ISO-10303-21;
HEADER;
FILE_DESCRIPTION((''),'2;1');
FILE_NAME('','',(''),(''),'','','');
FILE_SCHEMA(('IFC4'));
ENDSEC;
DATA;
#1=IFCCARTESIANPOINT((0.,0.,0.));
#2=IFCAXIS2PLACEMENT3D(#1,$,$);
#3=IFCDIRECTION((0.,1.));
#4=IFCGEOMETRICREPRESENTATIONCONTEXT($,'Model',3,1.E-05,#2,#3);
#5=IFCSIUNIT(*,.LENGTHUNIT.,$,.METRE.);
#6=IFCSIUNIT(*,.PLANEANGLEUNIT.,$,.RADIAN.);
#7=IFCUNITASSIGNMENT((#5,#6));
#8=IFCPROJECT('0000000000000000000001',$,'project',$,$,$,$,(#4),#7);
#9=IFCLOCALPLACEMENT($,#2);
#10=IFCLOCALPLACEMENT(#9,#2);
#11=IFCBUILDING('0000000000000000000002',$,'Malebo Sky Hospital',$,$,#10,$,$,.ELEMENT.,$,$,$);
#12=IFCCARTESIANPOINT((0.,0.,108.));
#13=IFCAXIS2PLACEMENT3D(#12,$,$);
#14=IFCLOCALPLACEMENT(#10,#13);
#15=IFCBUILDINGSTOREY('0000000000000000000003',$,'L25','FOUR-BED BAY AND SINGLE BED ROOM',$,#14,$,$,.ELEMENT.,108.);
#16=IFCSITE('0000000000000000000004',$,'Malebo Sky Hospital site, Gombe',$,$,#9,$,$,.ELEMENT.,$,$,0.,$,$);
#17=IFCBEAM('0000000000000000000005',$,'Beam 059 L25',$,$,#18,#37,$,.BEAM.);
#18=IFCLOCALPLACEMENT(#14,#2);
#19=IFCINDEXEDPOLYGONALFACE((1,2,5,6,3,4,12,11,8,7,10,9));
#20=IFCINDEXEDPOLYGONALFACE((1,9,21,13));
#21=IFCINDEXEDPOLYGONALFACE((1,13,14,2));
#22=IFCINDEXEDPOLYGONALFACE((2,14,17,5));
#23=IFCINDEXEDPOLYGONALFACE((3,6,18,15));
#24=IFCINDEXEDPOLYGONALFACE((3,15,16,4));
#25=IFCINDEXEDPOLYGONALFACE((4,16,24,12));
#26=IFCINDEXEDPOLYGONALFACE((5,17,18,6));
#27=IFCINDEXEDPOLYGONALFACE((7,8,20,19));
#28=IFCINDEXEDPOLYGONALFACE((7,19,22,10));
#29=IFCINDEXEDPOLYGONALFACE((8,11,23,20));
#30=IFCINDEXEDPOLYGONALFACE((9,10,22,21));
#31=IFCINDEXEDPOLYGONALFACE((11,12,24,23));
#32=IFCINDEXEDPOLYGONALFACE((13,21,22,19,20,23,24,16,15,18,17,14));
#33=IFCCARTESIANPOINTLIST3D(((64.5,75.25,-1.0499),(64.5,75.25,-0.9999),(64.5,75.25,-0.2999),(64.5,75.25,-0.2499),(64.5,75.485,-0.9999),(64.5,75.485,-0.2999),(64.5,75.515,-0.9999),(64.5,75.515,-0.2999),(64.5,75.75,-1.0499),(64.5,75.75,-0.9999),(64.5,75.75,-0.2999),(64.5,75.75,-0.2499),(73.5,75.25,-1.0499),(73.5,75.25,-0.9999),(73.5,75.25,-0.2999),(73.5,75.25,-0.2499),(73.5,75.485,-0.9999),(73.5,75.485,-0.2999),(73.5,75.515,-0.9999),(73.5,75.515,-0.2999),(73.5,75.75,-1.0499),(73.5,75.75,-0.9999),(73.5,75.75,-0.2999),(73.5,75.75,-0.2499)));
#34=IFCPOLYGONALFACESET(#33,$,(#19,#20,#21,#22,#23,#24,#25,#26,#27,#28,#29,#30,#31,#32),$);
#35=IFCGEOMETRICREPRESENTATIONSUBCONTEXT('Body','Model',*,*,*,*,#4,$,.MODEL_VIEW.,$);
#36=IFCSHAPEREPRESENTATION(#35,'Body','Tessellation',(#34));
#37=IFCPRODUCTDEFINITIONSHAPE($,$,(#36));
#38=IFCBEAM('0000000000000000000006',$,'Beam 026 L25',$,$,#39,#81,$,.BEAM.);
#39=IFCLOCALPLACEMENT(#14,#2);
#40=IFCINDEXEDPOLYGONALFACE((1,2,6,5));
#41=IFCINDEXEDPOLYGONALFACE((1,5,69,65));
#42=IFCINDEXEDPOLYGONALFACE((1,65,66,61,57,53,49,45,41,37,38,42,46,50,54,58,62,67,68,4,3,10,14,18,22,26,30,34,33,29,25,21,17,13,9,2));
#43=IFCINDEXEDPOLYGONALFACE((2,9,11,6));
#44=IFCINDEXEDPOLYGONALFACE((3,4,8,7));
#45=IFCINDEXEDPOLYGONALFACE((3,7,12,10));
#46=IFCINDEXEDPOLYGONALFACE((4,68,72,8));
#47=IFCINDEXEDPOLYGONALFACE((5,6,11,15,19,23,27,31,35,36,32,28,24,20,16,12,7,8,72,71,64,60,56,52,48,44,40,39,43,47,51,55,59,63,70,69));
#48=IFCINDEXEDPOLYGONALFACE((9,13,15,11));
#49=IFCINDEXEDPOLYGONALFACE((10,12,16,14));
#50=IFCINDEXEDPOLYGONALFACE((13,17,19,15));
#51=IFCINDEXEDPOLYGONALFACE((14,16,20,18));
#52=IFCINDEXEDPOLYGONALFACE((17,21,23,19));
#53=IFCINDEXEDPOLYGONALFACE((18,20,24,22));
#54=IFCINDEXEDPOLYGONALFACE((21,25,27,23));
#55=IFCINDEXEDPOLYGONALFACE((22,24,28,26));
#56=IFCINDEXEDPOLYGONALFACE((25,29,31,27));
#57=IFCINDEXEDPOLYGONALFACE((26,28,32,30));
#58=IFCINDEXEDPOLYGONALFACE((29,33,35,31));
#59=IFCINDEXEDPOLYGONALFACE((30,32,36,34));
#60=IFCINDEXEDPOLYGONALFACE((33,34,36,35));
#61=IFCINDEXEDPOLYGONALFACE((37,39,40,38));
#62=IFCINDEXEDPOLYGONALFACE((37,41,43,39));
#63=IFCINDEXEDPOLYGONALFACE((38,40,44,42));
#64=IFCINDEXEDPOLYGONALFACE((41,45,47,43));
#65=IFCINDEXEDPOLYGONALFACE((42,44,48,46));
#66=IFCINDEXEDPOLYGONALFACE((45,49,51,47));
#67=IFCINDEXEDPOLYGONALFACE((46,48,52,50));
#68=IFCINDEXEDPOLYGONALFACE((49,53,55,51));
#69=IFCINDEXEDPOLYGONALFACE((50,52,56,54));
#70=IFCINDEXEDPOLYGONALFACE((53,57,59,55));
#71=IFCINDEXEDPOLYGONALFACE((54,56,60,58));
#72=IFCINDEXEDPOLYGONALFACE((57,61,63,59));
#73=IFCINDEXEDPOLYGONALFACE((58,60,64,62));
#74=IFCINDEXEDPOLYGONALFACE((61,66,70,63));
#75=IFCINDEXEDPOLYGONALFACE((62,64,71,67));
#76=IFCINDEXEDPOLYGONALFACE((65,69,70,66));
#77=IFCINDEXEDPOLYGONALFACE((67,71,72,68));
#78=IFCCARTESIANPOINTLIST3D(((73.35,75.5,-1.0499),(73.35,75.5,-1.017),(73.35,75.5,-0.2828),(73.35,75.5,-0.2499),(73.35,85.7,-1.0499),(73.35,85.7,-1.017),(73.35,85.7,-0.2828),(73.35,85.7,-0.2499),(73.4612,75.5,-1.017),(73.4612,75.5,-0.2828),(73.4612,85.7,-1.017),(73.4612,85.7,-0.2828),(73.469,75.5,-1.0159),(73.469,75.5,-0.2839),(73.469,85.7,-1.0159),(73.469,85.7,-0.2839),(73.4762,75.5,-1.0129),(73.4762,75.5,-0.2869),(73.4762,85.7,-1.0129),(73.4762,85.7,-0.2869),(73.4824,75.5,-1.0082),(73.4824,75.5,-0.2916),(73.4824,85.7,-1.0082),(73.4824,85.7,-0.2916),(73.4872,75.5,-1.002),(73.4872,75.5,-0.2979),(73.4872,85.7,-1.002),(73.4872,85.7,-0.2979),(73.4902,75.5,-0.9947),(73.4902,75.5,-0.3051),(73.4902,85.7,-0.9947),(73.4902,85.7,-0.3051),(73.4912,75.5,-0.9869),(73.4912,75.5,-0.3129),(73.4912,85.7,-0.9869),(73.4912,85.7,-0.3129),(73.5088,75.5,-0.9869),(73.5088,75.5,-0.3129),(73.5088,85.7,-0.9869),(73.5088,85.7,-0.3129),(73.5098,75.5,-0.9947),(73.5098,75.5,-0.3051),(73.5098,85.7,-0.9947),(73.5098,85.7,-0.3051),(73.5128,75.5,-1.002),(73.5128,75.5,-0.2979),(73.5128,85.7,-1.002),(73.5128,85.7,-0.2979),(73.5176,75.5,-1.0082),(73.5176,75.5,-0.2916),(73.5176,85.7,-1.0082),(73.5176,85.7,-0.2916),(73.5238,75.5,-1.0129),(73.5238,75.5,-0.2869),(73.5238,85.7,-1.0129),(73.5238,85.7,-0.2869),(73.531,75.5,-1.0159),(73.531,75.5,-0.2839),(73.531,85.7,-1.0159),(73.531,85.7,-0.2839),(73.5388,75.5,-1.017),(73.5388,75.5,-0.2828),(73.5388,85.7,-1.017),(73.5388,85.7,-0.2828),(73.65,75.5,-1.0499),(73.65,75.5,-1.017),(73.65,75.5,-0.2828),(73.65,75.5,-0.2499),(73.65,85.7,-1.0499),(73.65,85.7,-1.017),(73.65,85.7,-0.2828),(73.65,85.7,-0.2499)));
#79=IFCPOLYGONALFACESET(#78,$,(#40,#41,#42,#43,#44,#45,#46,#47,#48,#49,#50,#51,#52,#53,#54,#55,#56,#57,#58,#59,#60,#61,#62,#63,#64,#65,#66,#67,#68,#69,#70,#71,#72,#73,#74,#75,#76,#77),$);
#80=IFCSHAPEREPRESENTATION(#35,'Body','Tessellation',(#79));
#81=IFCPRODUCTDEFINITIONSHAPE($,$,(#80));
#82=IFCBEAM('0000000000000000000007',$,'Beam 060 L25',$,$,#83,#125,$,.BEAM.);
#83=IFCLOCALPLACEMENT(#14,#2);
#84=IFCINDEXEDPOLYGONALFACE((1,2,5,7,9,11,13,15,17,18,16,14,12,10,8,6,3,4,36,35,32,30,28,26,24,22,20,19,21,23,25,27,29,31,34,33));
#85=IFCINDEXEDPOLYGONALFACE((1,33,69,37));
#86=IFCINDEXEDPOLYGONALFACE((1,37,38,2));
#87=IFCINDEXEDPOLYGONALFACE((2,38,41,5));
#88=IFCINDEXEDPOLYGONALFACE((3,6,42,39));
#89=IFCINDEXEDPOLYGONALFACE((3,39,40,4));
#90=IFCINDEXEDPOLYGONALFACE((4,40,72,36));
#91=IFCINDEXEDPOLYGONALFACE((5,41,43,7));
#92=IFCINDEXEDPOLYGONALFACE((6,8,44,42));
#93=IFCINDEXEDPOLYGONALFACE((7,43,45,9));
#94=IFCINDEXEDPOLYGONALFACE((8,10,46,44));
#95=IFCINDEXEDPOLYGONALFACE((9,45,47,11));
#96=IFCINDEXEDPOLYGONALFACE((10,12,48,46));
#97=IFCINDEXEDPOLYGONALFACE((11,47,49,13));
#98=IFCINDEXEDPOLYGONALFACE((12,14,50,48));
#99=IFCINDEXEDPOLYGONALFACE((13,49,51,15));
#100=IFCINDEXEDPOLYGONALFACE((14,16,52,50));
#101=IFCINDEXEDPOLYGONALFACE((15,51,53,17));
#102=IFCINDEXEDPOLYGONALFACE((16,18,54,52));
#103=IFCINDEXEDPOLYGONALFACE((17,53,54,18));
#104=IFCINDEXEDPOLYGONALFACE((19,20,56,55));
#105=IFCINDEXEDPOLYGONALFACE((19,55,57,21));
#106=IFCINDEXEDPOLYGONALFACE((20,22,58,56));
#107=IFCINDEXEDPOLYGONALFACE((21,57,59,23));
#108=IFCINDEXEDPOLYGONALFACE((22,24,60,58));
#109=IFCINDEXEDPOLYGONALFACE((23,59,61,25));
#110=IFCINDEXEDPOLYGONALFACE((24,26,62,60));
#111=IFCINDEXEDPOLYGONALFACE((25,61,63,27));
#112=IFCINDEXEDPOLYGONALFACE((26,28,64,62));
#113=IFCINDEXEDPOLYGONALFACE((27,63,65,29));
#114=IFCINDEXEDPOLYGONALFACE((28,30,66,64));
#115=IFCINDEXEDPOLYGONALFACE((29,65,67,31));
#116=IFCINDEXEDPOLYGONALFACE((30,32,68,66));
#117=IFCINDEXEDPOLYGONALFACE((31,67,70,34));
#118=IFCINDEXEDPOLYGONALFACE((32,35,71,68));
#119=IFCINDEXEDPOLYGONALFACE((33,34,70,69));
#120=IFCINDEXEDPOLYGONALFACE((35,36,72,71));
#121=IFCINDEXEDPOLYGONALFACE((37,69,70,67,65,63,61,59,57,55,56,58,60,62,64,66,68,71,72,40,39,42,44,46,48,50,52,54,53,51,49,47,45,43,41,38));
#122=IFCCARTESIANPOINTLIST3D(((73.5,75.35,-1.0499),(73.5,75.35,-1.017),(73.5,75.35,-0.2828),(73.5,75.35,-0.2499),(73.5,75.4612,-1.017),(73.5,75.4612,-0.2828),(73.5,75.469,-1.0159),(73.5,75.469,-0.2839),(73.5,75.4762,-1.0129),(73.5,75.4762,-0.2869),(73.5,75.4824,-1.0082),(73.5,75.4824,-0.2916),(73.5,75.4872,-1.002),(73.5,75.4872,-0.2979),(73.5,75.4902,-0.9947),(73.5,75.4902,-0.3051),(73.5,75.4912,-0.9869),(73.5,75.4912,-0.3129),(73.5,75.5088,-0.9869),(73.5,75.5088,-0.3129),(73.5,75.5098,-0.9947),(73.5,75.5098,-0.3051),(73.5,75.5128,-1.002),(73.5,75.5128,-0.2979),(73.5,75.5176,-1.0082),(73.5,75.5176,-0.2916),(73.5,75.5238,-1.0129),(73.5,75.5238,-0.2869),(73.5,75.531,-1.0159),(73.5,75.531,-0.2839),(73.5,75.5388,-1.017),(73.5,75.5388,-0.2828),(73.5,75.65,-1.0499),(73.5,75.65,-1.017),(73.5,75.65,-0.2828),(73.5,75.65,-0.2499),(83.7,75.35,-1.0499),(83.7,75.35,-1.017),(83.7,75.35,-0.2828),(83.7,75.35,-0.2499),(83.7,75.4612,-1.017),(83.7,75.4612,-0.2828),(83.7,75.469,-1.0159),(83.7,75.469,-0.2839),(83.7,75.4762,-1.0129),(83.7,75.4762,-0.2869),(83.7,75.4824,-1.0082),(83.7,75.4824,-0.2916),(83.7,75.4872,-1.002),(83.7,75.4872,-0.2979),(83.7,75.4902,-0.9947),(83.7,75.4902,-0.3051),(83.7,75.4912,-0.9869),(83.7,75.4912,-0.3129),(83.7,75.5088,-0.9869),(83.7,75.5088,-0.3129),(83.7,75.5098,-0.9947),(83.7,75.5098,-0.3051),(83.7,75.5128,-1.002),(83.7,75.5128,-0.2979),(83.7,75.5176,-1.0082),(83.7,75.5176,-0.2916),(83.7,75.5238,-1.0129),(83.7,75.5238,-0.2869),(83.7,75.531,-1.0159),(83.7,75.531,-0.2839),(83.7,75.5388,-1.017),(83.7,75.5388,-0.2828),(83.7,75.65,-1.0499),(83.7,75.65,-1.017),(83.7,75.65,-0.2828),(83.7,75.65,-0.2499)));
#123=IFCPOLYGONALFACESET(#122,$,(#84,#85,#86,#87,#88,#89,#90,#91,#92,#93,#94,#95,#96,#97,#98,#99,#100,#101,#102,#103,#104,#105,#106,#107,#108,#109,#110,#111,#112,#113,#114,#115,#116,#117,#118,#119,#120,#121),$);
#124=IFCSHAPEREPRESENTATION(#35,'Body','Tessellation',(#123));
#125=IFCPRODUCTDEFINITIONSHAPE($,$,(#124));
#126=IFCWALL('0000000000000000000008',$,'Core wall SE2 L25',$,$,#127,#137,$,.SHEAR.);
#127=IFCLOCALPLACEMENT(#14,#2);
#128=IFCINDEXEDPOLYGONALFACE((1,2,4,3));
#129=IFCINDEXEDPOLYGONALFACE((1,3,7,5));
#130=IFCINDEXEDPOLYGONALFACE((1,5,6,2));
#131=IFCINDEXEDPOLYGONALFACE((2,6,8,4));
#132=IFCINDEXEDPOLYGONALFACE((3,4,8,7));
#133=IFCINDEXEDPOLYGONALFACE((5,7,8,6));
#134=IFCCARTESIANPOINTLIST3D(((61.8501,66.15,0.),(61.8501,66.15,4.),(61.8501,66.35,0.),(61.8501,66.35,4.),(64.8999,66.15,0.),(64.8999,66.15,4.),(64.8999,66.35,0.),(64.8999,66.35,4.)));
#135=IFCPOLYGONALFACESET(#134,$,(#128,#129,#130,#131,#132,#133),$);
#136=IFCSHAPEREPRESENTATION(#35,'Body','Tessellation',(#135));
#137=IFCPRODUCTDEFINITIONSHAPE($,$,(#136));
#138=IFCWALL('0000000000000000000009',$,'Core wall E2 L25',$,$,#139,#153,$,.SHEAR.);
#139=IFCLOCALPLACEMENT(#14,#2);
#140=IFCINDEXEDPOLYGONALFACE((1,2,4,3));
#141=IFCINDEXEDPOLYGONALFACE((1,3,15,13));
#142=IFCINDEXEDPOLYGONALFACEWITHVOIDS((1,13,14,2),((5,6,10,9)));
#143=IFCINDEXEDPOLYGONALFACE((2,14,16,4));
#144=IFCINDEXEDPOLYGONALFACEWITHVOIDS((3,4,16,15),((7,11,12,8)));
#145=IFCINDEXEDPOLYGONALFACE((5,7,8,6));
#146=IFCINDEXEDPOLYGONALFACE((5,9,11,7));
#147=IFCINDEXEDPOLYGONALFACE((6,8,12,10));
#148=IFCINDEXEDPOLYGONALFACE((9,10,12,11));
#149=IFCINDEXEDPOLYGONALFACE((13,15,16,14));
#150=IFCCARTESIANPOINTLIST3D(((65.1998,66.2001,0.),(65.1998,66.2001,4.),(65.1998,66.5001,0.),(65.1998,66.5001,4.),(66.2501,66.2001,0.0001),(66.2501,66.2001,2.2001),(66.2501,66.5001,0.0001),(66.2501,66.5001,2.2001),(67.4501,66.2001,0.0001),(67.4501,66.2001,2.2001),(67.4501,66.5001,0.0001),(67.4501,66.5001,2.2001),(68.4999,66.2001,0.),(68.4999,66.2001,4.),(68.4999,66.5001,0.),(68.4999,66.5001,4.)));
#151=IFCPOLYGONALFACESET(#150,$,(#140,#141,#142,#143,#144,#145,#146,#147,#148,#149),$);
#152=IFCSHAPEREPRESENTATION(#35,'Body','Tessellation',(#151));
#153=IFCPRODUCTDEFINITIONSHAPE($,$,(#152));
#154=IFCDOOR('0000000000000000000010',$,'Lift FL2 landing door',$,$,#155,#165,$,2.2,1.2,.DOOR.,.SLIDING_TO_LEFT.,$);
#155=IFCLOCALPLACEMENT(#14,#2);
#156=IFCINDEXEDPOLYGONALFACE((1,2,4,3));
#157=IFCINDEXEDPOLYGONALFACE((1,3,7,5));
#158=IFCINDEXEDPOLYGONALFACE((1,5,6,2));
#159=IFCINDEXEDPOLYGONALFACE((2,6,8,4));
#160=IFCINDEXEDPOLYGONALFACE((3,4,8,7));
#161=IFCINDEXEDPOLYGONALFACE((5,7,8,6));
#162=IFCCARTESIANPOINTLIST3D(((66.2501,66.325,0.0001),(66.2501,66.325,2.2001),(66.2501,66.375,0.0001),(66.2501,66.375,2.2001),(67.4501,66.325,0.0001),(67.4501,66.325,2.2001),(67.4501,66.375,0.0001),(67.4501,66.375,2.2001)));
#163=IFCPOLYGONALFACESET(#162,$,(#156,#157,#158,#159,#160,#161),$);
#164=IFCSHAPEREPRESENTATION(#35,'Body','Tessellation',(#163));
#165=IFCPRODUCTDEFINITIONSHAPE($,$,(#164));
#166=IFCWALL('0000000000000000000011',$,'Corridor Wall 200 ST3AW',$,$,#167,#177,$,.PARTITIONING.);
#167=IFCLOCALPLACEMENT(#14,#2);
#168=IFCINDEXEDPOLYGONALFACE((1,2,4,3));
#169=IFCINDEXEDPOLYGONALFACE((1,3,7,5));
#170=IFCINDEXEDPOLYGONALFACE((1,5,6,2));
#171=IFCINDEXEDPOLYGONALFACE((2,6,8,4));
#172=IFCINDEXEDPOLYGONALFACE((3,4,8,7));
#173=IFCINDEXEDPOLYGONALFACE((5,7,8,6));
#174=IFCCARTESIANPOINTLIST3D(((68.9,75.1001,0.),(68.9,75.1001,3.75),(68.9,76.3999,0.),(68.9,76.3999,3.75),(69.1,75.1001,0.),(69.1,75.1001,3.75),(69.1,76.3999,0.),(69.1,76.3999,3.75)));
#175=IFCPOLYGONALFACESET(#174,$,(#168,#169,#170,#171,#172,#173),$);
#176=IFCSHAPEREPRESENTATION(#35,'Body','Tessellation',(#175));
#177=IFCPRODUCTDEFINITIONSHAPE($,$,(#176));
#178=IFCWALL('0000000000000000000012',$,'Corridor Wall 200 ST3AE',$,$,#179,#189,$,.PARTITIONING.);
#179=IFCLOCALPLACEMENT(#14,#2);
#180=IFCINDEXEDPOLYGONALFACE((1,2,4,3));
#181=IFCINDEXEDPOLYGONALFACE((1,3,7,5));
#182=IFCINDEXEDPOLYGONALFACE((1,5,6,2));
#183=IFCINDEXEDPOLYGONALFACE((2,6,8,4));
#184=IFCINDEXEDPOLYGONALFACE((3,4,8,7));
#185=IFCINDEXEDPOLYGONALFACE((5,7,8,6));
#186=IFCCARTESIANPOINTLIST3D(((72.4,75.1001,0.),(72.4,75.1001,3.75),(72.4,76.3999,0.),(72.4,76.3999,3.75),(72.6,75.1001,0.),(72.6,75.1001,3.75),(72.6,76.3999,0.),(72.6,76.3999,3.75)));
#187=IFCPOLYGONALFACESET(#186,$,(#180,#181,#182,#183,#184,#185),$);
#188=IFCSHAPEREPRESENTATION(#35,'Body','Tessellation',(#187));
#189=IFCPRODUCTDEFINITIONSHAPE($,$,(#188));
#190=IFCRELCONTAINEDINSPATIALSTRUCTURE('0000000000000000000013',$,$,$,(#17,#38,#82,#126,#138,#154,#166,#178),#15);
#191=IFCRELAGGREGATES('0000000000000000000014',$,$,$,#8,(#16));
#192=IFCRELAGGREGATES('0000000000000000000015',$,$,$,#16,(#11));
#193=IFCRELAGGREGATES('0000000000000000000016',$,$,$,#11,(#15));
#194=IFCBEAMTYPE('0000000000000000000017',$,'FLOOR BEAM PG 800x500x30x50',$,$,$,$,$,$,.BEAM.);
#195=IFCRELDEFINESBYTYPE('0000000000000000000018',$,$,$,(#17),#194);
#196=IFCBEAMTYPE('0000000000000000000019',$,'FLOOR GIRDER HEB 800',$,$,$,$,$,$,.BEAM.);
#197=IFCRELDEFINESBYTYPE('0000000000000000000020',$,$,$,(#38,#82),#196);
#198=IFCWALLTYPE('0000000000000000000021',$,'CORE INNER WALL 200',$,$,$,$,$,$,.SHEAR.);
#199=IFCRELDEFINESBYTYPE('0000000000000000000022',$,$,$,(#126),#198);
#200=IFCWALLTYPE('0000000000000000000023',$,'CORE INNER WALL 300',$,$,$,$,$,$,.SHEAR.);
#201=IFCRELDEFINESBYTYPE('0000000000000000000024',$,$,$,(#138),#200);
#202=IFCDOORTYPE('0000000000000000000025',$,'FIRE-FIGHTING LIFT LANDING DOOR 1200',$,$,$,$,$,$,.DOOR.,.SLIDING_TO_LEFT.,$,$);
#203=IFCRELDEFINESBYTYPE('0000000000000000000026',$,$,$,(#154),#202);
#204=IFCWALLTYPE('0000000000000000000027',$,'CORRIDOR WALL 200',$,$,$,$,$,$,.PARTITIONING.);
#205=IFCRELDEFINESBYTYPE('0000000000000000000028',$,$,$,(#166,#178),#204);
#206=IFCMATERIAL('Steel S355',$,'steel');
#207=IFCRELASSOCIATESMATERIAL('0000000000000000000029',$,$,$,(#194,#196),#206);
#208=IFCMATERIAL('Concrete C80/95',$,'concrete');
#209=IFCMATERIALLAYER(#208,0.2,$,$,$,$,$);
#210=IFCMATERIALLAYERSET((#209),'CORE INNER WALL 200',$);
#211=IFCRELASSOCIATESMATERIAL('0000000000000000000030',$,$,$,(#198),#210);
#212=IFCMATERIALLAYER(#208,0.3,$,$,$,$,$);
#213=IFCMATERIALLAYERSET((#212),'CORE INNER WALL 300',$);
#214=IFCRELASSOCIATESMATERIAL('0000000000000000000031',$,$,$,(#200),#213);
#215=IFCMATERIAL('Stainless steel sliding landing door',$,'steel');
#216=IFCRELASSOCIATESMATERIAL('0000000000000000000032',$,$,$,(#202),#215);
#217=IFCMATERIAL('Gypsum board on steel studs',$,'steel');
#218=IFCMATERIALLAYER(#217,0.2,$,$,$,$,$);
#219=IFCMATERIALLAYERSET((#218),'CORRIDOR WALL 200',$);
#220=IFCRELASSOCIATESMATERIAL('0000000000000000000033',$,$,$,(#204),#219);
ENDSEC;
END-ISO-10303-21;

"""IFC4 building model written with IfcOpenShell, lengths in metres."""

from ifc_helpers import new_model, si_unit, direction, frame, frame_2d, origin, origin_2d, place, context, subcontext, project, spatial, rectangle, i_section, extrude, material, layer, layer_set, material_profile, profile_set, type_object, element, fill, save


model = new_model("IFC4")

# Units and contexts
model_context = context("Model", 3, precision=1e-05, world=origin(), true_north=direction((0.0, 1.0)))
body_context = subcontext(model_context, "Body", "Model", "MODEL_VIEW")
ifc_project = project(units=[si_unit("LENGTHUNIT", "METRE"), si_unit("PLANEANGLEUNIT", "RADIAN")], contexts=[model_context])

# Site, building, storey
site_placement = place(None, origin())
site = spatial("IfcSite", under=ifc_project, at=site_placement, Name="Malebo Sky Hospital site, Gombe", CompositionType="ELEMENT", RefElevation=0.0)
building_placement = place(site_placement, origin())
building = spatial("IfcBuilding", under=site, at=building_placement, Name="Malebo Sky Hospital", CompositionType="ELEMENT")
storey_placement = place(building_placement, frame((0.0, 0.0, 108.0)))
storey = spatial("IfcBuildingStorey", under=building, at=storey_placement, Name="L25", Description="FOUR-BED BAY AND SINGLE BED ROOM", CompositionType="ELEMENT", Elevation=108.0)

# Beams
ifc_material_1 = material(Name="Steel S355", Category="steel")
ifc_material_profile_1 = material_profile(ifc_material_1, i_section(OverallWidth=0.5, OverallDepth=0.8, WebThickness=0.03, FlangeThickness=0.05, at=origin_2d()), Name="PG 800x500x30x50")
ifc_profile_set_1 = profile_set([ifc_material_profile_1], Name="Steel S355")
beam_type_1 = type_object("IfcBeamType", Name="FLOOR BEAM PG 800x500x30x50", PredefinedType="BEAM", material=ifc_profile_set_1)
beam_1_placement = place(storey_placement, frame((64.5, 75.5, -0.6499), z_axis=(1.0, 0.0, 0.0), x_axis=(0.0, 1.0, 0.0)))
element("IfcBeam", 1, at=beam_1_placement, inside=storey, type_object=beam_type_1, Name="Beam 059 L25", PredefinedType="BEAM", context=body_context, shape_type="SweptSolid", body=[
    extrude(i_section(OverallWidth=0.5, OverallDepth=0.8, WebThickness=0.03, FlangeThickness=0.05, at=origin_2d()), origin(), (0.0, 0.0, 1.0), 9.0),
])
ifc_material_profile_2 = material_profile(ifc_material_1, i_section(OverallWidth=0.3, OverallDepth=0.8, WebThickness=0.0176, FlangeThickness=0.033, FilletRadius=0.03, at=origin_2d()), Name="HEB 800")
ifc_profile_set_2 = profile_set([ifc_material_profile_2], Name="Steel S355")
beam_type_2 = type_object("IfcBeamType", Name="FLOOR GIRDER HEB 800", PredefinedType="BEAM", material=ifc_profile_set_2)
for number, where, z_axis, x_axis, name in (
    (2, (73.5, 75.5, -0.6499), (0.0, 1.0, 0.0), (-1.0, 0.0, 0.0), "Beam 026 L25"),
    (3, (73.5, 75.5, -0.6499), (1.0, 0.0, 0.0), (0.0, 1.0, 0.0), "Beam 060 L25"),
):
    element("IfcBeam", number, at=place(storey_placement, frame(where, z_axis=z_axis, x_axis=x_axis)), inside=storey, type_object=beam_type_2, Name=name, PredefinedType="BEAM", context=body_context, shape_type="SweptSolid", body=[
        extrude(i_section(OverallWidth=0.3, OverallDepth=0.8, WebThickness=0.0176, FlangeThickness=0.033, FilletRadius=0.03, at=origin_2d()), origin(), (0.0, 0.0, 1.0), 10.2),
    ])

# Wall
ifc_material_2 = material(Name="Concrete C80/95", Category="concrete")
ifc_layer_1 = layer(ifc_material_2, 0.2)
ifc_layer_set_1 = layer_set([ifc_layer_1], Name="CORE INNER WALL 200")
wall_type_1 = type_object("IfcWallType", Name="CORE INNER WALL 200", PredefinedType="SHEAR", material=ifc_layer_set_1)
wall_1_placement = place(storey_placement, frame((61.8501, 66.25, 0.0), z_axis=(0.0, 0.0, 1.0), x_axis=(1.0, 0.0, 0.0)))
element("IfcWall", 4, at=wall_1_placement, inside=storey, type_object=wall_type_1, Name="Core wall SE2 L25", PredefinedType="SHEAR", context=body_context, shape_type="SweptSolid", body=[
    extrude(rectangle(XDim=3.0498, YDim=0.2, at=frame_2d((1.5249, 0.0))), origin(), (0.0, 0.0, 1.0), 4.0),
])

# Wall, opening, door
ifc_layer_2 = layer(ifc_material_2, 0.3)
ifc_layer_set_2 = layer_set([ifc_layer_2], Name="CORE INNER WALL 300")
wall_type_2 = type_object("IfcWallType", Name="CORE INNER WALL 300", PredefinedType="SHEAR", material=ifc_layer_set_2)
wall_2_placement = place(storey_placement, frame((65.2, 66.3501, 0.0), z_axis=(0.0, 0.0, 1.0), x_axis=(1.0, 0.0, 0.0)))
wall_2 = element("IfcWall", 5, at=wall_2_placement, inside=storey, type_object=wall_type_2, Name="Core wall E2 L25", PredefinedType="SHEAR", context=body_context, shape_type="SweptSolid", body=[
    extrude(rectangle(XDim=3.3, YDim=0.3, at=frame_2d((1.6499, 0.0))), origin(), (0.0, 0.0, 1.0), 4.0),
])
opening_1_placement = place(wall_2_placement, frame((1.05, 0.0, 0.0)))
opening_1 = element("IfcOpeningElement", 6, at=opening_1_placement, cuts=wall_2, PredefinedType="OPENING", context=body_context, shape_type="SweptSolid", body=[
    extrude(rectangle(XDim=1.2, YDim=2.2, at=frame_2d((0.6001, 1.1001))), frame((0.0, 0.1599, 0.0), z_axis=(0.0, -1.0, 0.0), x_axis=(1.0, 0.0, 0.0)), (0.0, 0.0, 1.0), 0.3201),
])
ifc_material_3 = material(Name="Stainless steel sliding landing door", Category="steel")
door_type_1 = type_object("IfcDoorType", Name="FIRE-FIGHTING LIFT LANDING DOOR 1200", OperationType="SLIDING_TO_LEFT", PredefinedType="DOOR", material=ifc_material_3)
door_1_placement = place(opening_1_placement, origin())
door_1 = element("IfcDoor", 7, at=door_1_placement, inside=storey, type_object=door_type_1, Name="Lift FL2 landing door", OperationType="SLIDING_TO_LEFT", OverallHeight=2.2, OverallWidth=1.2, PredefinedType="DOOR", context=body_context, shape_type="SweptSolid", body=[
    extrude(rectangle(XDim=1.2, YDim=2.2, at=frame_2d((0.6001, 1.1001))), frame((0.0, 0.0249, 0.0), z_axis=(0.0, -1.0, 0.0), x_axis=(1.0, 0.0, 0.0)), (0.0, 0.0, 1.0), 0.05),
])
fill(opening_1, door_1)

# Walls
ifc_material_4 = material(Name="Gypsum board on steel studs", Category="steel")
ifc_layer_3 = layer(ifc_material_4, 0.2)
ifc_layer_set_3 = layer_set([ifc_layer_3], Name="CORRIDOR WALL 200")
wall_type_3 = type_object("IfcWallType", Name="CORRIDOR WALL 200", PredefinedType="PARTITIONING", material=ifc_layer_set_3)
for number, where, z_axis, x_axis, name in (
    (8, (69.0, 75.1001, 0.0), (0.0, 0.0, 1.0), (0.0, 1.0, 0.0), "Corridor Wall 200 ST3AW"),
    (9, (72.5, 75.1001, 0.0), (0.0, 0.0, 1.0), (0.0, 1.0, 0.0), "Corridor Wall 200 ST3AE"),
):
    element("IfcWall", number, at=place(storey_placement, frame(where, z_axis=z_axis, x_axis=x_axis)), inside=storey, type_object=wall_type_3, Name=name, PredefinedType="PARTITIONING", context=body_context, shape_type="SweptSolid", body=[
        extrude(rectangle(XDim=1.2998, YDim=0.2, at=frame_2d((0.6499, 0.0))), origin(), (0.0, 0.0, 1.0), 3.75),
    ])

save(model, "model.ifc")
